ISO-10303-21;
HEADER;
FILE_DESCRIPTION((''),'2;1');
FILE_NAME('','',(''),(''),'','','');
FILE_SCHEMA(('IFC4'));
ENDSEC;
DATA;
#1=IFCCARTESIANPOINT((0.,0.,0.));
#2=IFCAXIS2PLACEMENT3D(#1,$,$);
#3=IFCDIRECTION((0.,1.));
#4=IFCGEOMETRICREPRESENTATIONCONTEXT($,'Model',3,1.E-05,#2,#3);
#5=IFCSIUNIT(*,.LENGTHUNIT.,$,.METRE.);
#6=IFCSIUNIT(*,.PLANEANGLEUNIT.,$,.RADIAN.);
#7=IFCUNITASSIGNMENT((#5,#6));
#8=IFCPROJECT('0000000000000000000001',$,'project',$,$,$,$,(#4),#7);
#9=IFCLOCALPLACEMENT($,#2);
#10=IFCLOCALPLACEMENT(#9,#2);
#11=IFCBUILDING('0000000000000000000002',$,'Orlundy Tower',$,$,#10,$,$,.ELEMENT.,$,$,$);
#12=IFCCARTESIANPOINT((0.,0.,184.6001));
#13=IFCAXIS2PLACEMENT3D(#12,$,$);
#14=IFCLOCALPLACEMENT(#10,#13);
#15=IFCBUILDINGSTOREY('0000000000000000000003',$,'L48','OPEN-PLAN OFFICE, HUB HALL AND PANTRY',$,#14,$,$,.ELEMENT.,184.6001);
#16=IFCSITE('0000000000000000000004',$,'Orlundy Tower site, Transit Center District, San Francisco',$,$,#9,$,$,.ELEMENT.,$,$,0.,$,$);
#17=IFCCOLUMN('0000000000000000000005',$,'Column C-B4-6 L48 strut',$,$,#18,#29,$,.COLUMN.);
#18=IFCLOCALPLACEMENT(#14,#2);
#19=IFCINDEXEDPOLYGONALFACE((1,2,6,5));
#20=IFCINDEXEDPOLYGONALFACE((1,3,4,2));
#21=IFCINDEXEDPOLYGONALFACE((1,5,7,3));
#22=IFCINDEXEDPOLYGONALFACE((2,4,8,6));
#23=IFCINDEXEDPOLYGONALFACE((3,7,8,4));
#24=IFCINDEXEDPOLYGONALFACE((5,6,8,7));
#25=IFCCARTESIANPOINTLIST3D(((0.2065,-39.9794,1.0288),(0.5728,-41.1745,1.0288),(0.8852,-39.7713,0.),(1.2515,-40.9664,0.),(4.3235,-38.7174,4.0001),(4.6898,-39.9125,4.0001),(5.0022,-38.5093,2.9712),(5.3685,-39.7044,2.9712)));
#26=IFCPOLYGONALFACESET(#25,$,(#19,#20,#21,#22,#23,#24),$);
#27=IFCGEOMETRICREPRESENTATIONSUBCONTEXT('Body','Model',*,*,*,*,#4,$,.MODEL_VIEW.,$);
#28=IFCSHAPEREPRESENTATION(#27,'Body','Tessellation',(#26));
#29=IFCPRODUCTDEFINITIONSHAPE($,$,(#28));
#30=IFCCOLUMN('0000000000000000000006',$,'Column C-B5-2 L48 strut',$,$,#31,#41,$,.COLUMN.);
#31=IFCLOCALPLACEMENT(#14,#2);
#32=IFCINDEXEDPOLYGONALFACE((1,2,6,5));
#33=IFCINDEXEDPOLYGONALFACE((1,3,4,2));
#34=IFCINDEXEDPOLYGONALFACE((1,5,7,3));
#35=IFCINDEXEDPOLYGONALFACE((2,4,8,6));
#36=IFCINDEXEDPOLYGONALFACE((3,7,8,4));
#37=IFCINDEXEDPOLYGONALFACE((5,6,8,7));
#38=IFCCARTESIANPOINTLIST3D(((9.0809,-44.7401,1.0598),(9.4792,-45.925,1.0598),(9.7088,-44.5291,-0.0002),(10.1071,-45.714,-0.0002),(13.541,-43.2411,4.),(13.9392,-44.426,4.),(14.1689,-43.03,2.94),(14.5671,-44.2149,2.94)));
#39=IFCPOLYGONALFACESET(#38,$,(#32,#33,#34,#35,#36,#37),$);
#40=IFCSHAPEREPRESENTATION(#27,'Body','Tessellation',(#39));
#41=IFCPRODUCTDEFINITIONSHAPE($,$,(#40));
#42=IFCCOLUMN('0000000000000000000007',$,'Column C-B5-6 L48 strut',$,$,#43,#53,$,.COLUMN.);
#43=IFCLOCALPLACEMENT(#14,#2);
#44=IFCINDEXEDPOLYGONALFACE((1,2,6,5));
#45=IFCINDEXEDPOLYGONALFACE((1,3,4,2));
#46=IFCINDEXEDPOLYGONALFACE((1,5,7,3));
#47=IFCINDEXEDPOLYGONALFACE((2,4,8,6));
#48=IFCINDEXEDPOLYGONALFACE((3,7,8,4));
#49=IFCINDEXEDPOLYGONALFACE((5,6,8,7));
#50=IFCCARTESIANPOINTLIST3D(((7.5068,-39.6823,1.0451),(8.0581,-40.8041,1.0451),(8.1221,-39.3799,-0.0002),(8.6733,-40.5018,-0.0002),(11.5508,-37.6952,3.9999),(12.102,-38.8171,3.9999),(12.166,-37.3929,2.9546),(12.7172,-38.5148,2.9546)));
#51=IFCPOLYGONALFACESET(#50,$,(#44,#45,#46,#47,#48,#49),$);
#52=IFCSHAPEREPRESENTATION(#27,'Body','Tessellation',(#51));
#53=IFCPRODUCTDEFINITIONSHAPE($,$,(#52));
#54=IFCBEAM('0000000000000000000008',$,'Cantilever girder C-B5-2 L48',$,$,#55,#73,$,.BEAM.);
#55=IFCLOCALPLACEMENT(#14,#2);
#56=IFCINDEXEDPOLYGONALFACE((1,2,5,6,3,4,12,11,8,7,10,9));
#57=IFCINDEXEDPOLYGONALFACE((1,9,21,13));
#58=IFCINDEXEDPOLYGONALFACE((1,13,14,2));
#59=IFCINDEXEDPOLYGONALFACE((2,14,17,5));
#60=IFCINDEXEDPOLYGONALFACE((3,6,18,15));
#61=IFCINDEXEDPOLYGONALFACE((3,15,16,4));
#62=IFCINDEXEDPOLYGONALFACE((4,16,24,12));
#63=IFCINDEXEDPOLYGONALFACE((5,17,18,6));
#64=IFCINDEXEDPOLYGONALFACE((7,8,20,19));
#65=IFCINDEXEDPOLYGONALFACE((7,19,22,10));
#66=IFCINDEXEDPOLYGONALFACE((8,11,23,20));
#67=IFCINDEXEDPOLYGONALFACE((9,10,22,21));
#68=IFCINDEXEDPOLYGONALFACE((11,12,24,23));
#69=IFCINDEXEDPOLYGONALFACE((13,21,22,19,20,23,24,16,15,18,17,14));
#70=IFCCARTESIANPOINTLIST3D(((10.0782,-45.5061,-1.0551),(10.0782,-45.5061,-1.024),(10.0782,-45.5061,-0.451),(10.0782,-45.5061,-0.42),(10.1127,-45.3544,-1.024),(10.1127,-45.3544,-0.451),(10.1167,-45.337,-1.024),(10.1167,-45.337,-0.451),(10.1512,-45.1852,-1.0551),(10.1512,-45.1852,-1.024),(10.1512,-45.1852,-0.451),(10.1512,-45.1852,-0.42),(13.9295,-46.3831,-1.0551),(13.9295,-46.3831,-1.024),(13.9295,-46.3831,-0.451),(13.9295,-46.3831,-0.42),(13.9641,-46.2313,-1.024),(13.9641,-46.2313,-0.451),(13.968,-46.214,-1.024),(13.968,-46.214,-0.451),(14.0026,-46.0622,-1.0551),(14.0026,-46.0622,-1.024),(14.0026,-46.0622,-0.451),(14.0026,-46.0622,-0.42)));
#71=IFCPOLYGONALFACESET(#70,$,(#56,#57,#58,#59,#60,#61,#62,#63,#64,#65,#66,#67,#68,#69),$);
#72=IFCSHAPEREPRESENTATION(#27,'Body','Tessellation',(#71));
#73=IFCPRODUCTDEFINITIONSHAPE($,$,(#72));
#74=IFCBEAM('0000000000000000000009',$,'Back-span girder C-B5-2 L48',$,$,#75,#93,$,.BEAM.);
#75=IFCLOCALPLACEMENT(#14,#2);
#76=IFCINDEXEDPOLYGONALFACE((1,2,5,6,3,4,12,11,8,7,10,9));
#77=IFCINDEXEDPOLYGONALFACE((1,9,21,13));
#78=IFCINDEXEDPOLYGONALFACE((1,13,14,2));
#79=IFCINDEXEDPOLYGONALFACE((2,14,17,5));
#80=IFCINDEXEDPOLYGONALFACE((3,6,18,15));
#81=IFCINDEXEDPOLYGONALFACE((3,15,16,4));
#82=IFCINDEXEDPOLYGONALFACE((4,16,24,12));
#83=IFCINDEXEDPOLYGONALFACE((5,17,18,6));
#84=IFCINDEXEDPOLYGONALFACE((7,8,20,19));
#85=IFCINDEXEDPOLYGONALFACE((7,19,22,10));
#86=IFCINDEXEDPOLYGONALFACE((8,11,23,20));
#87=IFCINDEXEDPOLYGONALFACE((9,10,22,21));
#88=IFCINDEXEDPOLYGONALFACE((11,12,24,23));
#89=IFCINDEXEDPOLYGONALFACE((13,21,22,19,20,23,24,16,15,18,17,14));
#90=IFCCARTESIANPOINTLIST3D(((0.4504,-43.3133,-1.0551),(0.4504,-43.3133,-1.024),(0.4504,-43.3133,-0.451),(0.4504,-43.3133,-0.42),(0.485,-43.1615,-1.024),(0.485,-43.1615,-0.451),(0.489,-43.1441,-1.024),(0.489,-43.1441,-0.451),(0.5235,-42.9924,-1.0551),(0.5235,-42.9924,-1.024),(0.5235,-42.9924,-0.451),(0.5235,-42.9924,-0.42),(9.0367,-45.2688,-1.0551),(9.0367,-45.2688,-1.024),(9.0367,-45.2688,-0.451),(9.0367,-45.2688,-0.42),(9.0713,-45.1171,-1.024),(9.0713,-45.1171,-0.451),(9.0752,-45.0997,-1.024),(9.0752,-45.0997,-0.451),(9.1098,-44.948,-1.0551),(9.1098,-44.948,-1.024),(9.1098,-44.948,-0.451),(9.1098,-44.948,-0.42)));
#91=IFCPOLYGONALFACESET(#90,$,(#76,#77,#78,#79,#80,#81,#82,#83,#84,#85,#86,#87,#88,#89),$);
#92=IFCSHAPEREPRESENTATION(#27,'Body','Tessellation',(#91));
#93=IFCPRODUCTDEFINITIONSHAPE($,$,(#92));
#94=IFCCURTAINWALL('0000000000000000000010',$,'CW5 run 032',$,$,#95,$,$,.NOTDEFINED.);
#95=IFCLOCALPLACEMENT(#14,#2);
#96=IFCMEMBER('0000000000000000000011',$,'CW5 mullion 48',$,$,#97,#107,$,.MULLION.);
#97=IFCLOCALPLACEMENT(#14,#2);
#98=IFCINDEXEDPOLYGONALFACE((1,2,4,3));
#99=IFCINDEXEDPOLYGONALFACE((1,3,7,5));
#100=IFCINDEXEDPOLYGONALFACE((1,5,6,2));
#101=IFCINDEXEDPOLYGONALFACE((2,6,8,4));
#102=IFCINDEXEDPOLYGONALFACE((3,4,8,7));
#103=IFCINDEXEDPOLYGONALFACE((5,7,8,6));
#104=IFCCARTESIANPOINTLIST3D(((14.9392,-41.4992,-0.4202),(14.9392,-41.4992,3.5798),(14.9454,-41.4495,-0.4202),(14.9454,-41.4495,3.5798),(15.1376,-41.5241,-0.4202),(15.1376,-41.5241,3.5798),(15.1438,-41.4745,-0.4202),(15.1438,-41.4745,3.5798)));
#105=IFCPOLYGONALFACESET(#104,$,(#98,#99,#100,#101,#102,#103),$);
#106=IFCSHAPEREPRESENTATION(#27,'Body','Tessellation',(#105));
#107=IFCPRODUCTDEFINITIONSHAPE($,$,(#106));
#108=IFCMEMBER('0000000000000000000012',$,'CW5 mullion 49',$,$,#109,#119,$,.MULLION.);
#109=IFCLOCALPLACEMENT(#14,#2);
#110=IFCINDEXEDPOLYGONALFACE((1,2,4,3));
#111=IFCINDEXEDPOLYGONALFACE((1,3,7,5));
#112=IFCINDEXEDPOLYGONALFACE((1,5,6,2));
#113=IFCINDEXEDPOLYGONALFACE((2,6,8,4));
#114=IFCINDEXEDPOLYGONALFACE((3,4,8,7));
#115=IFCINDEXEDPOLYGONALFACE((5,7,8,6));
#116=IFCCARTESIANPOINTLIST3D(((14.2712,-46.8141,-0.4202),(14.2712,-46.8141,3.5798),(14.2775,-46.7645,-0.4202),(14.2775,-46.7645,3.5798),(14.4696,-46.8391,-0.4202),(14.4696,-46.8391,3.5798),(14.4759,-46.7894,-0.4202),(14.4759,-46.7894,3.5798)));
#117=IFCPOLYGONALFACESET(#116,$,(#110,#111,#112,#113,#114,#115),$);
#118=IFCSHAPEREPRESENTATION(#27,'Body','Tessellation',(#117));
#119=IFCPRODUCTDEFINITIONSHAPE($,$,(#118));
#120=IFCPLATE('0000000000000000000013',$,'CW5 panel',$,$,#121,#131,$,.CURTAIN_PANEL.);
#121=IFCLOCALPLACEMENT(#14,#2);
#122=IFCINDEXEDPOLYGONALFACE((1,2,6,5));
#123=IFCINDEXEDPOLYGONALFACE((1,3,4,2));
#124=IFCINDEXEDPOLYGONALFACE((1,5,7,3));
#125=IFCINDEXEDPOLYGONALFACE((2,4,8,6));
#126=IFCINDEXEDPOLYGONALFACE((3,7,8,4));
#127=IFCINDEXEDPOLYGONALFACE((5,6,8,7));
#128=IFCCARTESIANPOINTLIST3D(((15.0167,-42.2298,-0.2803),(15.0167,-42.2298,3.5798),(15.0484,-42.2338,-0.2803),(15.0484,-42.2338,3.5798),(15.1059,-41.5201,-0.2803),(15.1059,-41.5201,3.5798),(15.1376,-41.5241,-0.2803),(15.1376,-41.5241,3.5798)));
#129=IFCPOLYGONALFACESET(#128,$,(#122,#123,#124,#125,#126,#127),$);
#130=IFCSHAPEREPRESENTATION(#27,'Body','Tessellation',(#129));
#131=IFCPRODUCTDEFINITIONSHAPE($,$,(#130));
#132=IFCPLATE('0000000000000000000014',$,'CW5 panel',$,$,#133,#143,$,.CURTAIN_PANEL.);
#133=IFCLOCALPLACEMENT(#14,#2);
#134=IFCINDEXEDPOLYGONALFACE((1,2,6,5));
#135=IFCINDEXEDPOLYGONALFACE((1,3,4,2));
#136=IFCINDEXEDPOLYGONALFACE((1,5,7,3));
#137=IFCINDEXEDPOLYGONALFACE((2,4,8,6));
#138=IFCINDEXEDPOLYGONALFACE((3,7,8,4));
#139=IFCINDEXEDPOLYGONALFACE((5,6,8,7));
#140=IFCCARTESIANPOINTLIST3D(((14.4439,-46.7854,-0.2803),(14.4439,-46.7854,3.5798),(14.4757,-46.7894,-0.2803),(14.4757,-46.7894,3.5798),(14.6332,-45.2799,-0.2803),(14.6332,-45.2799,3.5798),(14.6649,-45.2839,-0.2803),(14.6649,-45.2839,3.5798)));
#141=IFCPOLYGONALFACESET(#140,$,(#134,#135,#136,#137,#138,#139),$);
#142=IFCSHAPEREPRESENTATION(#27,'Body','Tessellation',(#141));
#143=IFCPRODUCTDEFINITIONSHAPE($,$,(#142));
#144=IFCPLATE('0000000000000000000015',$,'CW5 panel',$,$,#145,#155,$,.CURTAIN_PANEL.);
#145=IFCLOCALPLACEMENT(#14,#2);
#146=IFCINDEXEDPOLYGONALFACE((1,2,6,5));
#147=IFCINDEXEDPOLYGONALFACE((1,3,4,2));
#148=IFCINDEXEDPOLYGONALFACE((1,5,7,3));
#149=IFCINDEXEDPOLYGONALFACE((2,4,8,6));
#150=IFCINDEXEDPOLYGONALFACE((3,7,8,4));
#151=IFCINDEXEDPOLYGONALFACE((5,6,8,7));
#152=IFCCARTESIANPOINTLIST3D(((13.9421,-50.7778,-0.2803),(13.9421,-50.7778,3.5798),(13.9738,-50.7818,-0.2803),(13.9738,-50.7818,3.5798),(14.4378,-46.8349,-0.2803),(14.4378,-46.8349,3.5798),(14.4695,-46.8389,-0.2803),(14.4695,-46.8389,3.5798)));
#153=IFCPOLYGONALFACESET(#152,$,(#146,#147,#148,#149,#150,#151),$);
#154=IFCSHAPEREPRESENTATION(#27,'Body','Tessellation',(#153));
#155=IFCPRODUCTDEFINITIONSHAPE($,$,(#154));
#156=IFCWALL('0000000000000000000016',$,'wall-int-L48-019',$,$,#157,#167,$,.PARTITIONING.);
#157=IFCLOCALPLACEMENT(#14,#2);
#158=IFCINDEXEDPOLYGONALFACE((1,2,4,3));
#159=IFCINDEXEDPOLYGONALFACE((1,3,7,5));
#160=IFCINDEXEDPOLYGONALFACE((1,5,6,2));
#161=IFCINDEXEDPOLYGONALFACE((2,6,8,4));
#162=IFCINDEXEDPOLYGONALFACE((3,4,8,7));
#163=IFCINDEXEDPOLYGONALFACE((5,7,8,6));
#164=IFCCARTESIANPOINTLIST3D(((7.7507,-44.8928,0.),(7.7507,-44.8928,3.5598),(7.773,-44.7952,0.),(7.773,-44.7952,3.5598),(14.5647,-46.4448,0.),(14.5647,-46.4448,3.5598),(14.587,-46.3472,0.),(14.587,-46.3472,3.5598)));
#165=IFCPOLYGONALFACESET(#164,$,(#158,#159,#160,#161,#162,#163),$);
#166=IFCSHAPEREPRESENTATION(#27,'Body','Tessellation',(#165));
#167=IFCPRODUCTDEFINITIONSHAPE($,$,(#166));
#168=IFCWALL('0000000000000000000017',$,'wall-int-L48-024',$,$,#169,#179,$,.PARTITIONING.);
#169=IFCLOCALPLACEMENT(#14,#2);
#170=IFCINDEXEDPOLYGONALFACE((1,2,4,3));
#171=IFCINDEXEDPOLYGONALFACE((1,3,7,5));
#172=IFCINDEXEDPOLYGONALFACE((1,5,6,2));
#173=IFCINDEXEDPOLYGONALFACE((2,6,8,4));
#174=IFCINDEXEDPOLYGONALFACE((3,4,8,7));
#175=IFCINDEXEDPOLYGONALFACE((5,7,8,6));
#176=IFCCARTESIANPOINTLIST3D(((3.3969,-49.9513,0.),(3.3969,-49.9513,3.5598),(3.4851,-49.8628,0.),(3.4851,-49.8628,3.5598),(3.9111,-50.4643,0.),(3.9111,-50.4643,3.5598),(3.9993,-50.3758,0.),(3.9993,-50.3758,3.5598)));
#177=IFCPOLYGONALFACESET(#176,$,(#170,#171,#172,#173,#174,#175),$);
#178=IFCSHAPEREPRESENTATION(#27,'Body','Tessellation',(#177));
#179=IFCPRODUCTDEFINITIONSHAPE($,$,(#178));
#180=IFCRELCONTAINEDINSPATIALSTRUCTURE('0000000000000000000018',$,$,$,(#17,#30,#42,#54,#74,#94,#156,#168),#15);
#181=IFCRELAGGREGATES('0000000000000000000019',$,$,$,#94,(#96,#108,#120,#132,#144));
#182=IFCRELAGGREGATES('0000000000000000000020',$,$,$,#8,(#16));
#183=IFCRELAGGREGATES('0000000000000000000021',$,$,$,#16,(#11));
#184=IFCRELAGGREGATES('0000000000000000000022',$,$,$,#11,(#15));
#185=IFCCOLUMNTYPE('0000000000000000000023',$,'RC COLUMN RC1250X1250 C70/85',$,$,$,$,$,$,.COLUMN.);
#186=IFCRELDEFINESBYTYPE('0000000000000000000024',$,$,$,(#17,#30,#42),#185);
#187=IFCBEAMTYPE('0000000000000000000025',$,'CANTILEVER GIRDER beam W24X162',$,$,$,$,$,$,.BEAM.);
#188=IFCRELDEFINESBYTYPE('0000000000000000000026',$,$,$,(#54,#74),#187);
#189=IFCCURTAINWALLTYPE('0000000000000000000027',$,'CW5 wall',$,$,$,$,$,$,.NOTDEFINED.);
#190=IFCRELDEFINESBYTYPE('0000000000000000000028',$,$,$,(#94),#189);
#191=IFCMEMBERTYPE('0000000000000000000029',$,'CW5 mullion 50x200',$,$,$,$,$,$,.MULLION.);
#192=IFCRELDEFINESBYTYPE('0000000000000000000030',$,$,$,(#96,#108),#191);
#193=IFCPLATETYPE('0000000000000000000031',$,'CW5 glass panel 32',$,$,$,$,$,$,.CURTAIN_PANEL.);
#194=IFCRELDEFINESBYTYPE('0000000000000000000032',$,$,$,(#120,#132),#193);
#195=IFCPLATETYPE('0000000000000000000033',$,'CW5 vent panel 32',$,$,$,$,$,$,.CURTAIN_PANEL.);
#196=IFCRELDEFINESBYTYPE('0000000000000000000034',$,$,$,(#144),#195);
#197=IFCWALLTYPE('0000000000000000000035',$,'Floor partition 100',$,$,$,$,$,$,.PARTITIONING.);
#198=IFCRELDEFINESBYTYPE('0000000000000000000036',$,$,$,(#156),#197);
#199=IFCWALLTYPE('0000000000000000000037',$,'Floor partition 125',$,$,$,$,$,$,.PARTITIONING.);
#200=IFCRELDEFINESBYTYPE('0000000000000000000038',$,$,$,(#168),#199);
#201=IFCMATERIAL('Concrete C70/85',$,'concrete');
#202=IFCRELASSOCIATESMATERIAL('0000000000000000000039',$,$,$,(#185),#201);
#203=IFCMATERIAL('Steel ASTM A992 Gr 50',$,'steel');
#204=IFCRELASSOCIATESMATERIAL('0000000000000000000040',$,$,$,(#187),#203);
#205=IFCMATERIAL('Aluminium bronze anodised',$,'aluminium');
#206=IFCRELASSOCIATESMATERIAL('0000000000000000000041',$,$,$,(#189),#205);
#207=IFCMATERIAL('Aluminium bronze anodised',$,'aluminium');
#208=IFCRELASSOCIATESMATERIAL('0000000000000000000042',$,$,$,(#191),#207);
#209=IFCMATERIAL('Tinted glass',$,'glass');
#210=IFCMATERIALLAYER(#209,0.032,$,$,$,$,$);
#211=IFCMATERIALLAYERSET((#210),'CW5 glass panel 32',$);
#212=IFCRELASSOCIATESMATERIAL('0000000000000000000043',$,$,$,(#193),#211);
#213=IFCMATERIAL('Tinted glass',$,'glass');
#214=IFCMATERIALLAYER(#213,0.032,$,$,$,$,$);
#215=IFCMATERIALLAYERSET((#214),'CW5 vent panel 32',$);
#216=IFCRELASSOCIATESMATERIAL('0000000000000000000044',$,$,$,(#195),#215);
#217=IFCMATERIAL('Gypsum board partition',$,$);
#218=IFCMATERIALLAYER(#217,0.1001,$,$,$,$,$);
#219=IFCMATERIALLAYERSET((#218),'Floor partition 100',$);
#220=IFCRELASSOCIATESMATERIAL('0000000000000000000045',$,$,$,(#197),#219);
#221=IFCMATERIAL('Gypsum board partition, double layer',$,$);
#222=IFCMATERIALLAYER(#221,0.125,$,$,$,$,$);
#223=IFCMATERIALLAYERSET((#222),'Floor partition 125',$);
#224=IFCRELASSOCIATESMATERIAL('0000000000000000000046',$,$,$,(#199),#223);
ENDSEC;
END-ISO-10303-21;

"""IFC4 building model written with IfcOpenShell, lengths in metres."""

from ifc_helpers import new_model, si_unit, direction, frame, frame_2d, origin, origin_2d, place, context, subcontext, project, spatial, rectangle, i_section, extrude, material, layer, layer_set, material_profile, profile_set, type_object, element, aggregate, save


model = new_model("IFC4")

# Units and contexts
model_context = context("Model", 3, precision=1e-05, world=origin(), true_north=direction((0.0, 1.0)))
body_context = subcontext(model_context, "Body", "Model", "MODEL_VIEW")
ifc_project = project(units=[si_unit("LENGTHUNIT", "METRE"), si_unit("PLANEANGLEUNIT", "RADIAN")], contexts=[model_context])

# Site, building, storey
site_placement = place(None, origin())
site = spatial("IfcSite", under=ifc_project, at=site_placement, Name="Orlundy Tower site, Transit Center District, San Francisco", CompositionType="ELEMENT", RefElevation=0.0)
building_placement = place(site_placement, origin())
building = spatial("IfcBuilding", under=site, at=building_placement, Name="Orlundy Tower", CompositionType="ELEMENT")
storey_placement = place(building_placement, frame((0.0, 0.0, 184.6001)))
storey = spatial("IfcBuildingStorey", under=building, at=storey_placement, Name="L48", Description="OPEN-PLAN OFFICE, HUB HALL AND PANTRY", CompositionType="ELEMENT", Elevation=184.6001)

# Columns
ifc_material_1 = material(Name="Concrete C70/85", Category="concrete")
ifc_material_profile_1 = material_profile(ifc_material_1, rectangle(XDim=1.25, YDim=1.25, at=origin_2d()), Name="RC1250X1250")
ifc_profile_set_1 = profile_set([ifc_material_profile_1], Name="Concrete C70/85")
column_type = type_object("IfcColumnType", Name="RC COLUMN RC1250X1250 C70/85", PredefinedType="COLUMN", material=ifc_profile_set_1)
column_1_placement = place(storey_placement, frame((0.729, -40.4729, 0.5144), z_axis=(0.786936, 0.241219, 0.567931), x_axis=(-0.29307, 0.956091, 0.0)))
element("IfcColumn", 1, at=column_1_placement, inside=storey, type_object=column_type, Name="Column C-B4-6 L48 strut", PredefinedType="COLUMN", context=body_context, shape_type="SweptSolid", body=[
    extrude(rectangle(XDim=1.25, YDim=1.25, at=origin_2d()), origin(), (0.0, 0.0, 1.0), 5.2317),
])
column_2_placement = place(storey_placement, frame((9.594, -45.2271, 0.5298), z_axis=(0.803851, 0.27018, 0.529931), x_axis=(-0.318593, 0.947892, 0.0)))
element("IfcColumn", 2, at=column_2_placement, inside=storey, type_object=column_type, Name="Column C-B5-2 L48 strut", PredefinedType="COLUMN", context=body_context, shape_type="SweptSolid", body=[
    extrude(rectangle(XDim=1.25, YDim=1.25, at=origin_2d()), origin(), (0.0, 0.0, 1.0), 5.5483),
])
column_3_placement = place(storey_placement, frame((8.0901, -40.092, 0.5225), z_axis=(0.750516, 0.368778, 0.548387), x_axis=(-0.441004, 0.897505, 0.0)))
element("IfcColumn", 3, at=column_3_placement, inside=storey, type_object=column_type, Name="Column C-B5-6 L48 strut", PredefinedType="COLUMN", context=body_context, shape_type="SweptSolid", body=[
    extrude(rectangle(XDim=1.25, YDim=1.25, at=origin_2d()), origin(), (0.0, 0.0, 1.0), 5.3882),
])

# Beams
ifc_material_2 = material(Name="Steel ASTM A992 Gr 50", Category="steel")
ifc_material_profile_2 = material_profile(ifc_material_2, i_section(OverallWidth=0.3291, OverallDepth=0.635, WebThickness=0.0178, FlangeThickness=0.031, at=origin_2d()), Name="W24X162")
ifc_profile_set_2 = profile_set([ifc_material_profile_2], Name="Steel ASTM A992 Gr 50")
beam_type = type_object("IfcBeamType", Name="CANTILEVER GIRDER beam W24X162", PredefinedType="BEAM", material=ifc_profile_set_2)
beam_1_placement = place(storey_placement, frame((13.9661, -46.2227, -0.7375), z_axis=(-0.975042, 0.222019, 0.0), x_axis=(-0.222019, -0.975042, 0.0)))
element("IfcBeam", 4, at=beam_1_placement, inside=storey, type_object=beam_type, Name="Cantilever girder C-B5-2 L48", PredefinedType="BEAM", context=body_context, shape_type="SweptSolid", body=[
    extrude(i_section(OverallWidth=0.3291, OverallDepth=0.635, WebThickness=0.0178, FlangeThickness=0.031, at=origin_2d()), origin(), (0.0, 0.0, 1.0), 3.95),
])
beam_2_placement = place(storey_placement, frame((9.0732, -45.1084, -0.7375), z_axis=(-0.975031, 0.22207, 0.0), x_axis=(-0.22207, -0.975031, 0.0)))
element("IfcBeam", 5, at=beam_2_placement, inside=storey, type_object=beam_type, Name="Back-span girder C-B5-2 L48", PredefinedType="BEAM", context=body_context, shape_type="SweptSolid", body=[
    extrude(i_section(OverallWidth=0.3291, OverallDepth=0.635, WebThickness=0.0178, FlangeThickness=0.031, at=origin_2d()), origin(), (0.0, 0.0, 1.0), 8.8062),
])

# Curtain wall, members, plates
ifc_material_3 = material(Name="Aluminium bronze anodised", Category="aluminium")
curtain_wall_type = type_object("IfcCurtainWallType", Name="CW5 wall", PredefinedType="NOTDEFINED", material=ifc_material_3)
curtain_wall_placement = place(storey_placement, origin())
curtain_wall = element("IfcCurtainWall", 6, at=curtain_wall_placement, inside=storey, type_object=curtain_wall_type, Name="CW5 run 032", PredefinedType="NOTDEFINED")
ifc_material_4 = material(Name="Aluminium bronze anodised", Category="aluminium")
ifc_material_profile_3 = material_profile(ifc_material_4, rectangle(XDim=0.2, YDim=0.05, at=origin_2d()), Name="CW5 mullion 50x200")
ifc_profile_set_3 = profile_set([ifc_material_profile_3], Name="Aluminium bronze anodised")
member_type = type_object("IfcMemberType", Name="CW5 mullion 50x200", PredefinedType="MULLION", material=ifc_profile_set_3)
member_1_placement = place(storey_placement, frame((15.0415, -41.4868, -0.4202), z_axis=(0.0, 0.0, 1.0), x_axis=(0.992189, -0.124742, 0.0)))
member_1 = element("IfcMember", 7, at=member_1_placement, type_object=member_type, Name="CW5 mullion 48", PredefinedType="MULLION", context=body_context, shape_type="SweptSolid", body=[
    extrude(rectangle(XDim=0.2, YDim=0.05, at=origin_2d()), origin(), (0.0, 0.0, 1.0), 4.0),
])
member_2_placement = place(storey_placement, frame((14.3735, -46.8018, -0.4202), z_axis=(0.0, 0.0, 1.0), x_axis=(0.992189, -0.124742, 0.0)))
member_2 = element("IfcMember", 8, at=member_2_placement, type_object=member_type, Name="CW5 mullion 49", PredefinedType="MULLION", context=body_context, shape_type="SweptSolid", body=[
    extrude(rectangle(XDim=0.2, YDim=0.05, at=origin_2d()), origin(), (0.0, 0.0, 1.0), 4.0),
])
ifc_material_5 = material(Name="Tinted glass", Category="glass")
ifc_layer_1 = layer(ifc_material_5, 0.032)
ifc_layer_set_1 = layer_set([ifc_layer_1], Name="CW5 glass panel 32")
plate_type_1 = type_object("IfcPlateType", Name="CW5 glass panel 32", PredefinedType="CURTAIN_PANEL", material=ifc_layer_set_1)
plate_1_placement = place(storey_placement, frame((15.0771, -41.877, -0.2803), z_axis=(0.0, 0.0, 1.0), x_axis=(-0.124742, -0.992189, 0.0)))
plate_1 = element("IfcPlate", 9, at=plate_1_placement, type_object=plate_type_1, Name="CW5 panel", PredefinedType="CURTAIN_PANEL", context=body_context, shape_type="SweptSolid", body=[
    extrude(rectangle(XDim=0.7153, YDim=0.032, at=origin_2d()), origin(), (0.0, 0.0, 1.0), 3.8601),
])
plate_2_placement = place(storey_placement, frame((14.5544, -46.0347, -0.2803), z_axis=(0.0, 0.0, 1.0), x_axis=(-0.124742, -0.992189, 0.0)))
plate_2 = element("IfcPlate", 10, at=plate_2_placement, type_object=plate_type_1, Name="CW5 panel", PredefinedType="CURTAIN_PANEL", context=body_context, shape_type="SweptSolid", body=[
    extrude(rectangle(XDim=1.5173, YDim=0.032, at=origin_2d()), origin(), (0.0, 0.0, 1.0), 3.8601),
])
ifc_material_6 = material(Name="Tinted glass", Category="glass")
ifc_layer_2 = layer(ifc_material_6, 0.032)
ifc_layer_set_2 = layer_set([ifc_layer_2], Name="CW5 vent panel 32")
plate_type_2 = type_object("IfcPlateType", Name="CW5 vent panel 32", PredefinedType="CURTAIN_PANEL", material=ifc_layer_set_2)
plate_3_placement = place(storey_placement, frame((14.2058, -48.8083, -0.2803), z_axis=(0.0, 0.0, 1.0), x_axis=(-0.124742, -0.992189, 0.0)))
plate_3 = element("IfcPlate", 11, at=plate_3_placement, type_object=plate_type_2, Name="CW5 panel", PredefinedType="CURTAIN_PANEL", context=body_context, shape_type="SweptSolid", body=[
    extrude(rectangle(XDim=3.9739, YDim=0.032, at=origin_2d()), origin(), (0.0, 0.0, 1.0), 3.8601),
])
aggregate(curtain_wall, [member_1, member_2, plate_1, plate_2, plate_3])

# Walls
ifc_material_7 = material(Name="Gypsum board partition")
ifc_layer_3 = layer(ifc_material_7, 0.1001)
ifc_layer_set_3 = layer_set([ifc_layer_3], Name="Floor partition 100")
wall_type_1 = type_object("IfcWallType", Name="Floor partition 100", PredefinedType="PARTITIONING", material=ifc_layer_set_3)
wall_1_placement = place(storey_placement, frame((7.762, -44.844, 0.0), z_axis=(0.0, 0.0, 1.0), x_axis=(0.975028, -0.22208, 0.0)))
element("IfcWall", 12, at=wall_1_placement, inside=storey, type_object=wall_type_1, Name="wall-int-L48-019", PredefinedType="PARTITIONING", context=body_context, shape_type="SweptSolid", body=[
    extrude(rectangle(XDim=6.9885, YDim=0.1001, at=frame_2d((3.4941, 0.0))), origin(), (0.0, 0.0, 1.0), 3.5598),
])
ifc_material_8 = material(Name="Gypsum board partition, double layer")
ifc_layer_4 = layer(ifc_material_8, 0.125)
ifc_layer_set_4 = layer_set([ifc_layer_4], Name="Floor partition 125")
wall_type_2 = type_object("IfcWallType", Name="Floor partition 125", PredefinedType="PARTITIONING", material=ifc_layer_set_4)
wall_2_placement = place(storey_placement, frame((3.4409, -49.907, 0.0), z_axis=(0.0, 0.0, 1.0), x_axis=(0.707947, -0.706266, 0.0)))
element("IfcWall", 13, at=wall_2_placement, inside=storey, type_object=wall_type_2, Name="wall-int-L48-024", PredefinedType="PARTITIONING", context=body_context, shape_type="SweptSolid", body=[
    extrude(rectangle(XDim=0.7263, YDim=0.125, at=frame_2d((0.3633, 0.0))), origin(), (0.0, 0.0, 1.0), 3.5598),
])

save(model, "model.ifc")
